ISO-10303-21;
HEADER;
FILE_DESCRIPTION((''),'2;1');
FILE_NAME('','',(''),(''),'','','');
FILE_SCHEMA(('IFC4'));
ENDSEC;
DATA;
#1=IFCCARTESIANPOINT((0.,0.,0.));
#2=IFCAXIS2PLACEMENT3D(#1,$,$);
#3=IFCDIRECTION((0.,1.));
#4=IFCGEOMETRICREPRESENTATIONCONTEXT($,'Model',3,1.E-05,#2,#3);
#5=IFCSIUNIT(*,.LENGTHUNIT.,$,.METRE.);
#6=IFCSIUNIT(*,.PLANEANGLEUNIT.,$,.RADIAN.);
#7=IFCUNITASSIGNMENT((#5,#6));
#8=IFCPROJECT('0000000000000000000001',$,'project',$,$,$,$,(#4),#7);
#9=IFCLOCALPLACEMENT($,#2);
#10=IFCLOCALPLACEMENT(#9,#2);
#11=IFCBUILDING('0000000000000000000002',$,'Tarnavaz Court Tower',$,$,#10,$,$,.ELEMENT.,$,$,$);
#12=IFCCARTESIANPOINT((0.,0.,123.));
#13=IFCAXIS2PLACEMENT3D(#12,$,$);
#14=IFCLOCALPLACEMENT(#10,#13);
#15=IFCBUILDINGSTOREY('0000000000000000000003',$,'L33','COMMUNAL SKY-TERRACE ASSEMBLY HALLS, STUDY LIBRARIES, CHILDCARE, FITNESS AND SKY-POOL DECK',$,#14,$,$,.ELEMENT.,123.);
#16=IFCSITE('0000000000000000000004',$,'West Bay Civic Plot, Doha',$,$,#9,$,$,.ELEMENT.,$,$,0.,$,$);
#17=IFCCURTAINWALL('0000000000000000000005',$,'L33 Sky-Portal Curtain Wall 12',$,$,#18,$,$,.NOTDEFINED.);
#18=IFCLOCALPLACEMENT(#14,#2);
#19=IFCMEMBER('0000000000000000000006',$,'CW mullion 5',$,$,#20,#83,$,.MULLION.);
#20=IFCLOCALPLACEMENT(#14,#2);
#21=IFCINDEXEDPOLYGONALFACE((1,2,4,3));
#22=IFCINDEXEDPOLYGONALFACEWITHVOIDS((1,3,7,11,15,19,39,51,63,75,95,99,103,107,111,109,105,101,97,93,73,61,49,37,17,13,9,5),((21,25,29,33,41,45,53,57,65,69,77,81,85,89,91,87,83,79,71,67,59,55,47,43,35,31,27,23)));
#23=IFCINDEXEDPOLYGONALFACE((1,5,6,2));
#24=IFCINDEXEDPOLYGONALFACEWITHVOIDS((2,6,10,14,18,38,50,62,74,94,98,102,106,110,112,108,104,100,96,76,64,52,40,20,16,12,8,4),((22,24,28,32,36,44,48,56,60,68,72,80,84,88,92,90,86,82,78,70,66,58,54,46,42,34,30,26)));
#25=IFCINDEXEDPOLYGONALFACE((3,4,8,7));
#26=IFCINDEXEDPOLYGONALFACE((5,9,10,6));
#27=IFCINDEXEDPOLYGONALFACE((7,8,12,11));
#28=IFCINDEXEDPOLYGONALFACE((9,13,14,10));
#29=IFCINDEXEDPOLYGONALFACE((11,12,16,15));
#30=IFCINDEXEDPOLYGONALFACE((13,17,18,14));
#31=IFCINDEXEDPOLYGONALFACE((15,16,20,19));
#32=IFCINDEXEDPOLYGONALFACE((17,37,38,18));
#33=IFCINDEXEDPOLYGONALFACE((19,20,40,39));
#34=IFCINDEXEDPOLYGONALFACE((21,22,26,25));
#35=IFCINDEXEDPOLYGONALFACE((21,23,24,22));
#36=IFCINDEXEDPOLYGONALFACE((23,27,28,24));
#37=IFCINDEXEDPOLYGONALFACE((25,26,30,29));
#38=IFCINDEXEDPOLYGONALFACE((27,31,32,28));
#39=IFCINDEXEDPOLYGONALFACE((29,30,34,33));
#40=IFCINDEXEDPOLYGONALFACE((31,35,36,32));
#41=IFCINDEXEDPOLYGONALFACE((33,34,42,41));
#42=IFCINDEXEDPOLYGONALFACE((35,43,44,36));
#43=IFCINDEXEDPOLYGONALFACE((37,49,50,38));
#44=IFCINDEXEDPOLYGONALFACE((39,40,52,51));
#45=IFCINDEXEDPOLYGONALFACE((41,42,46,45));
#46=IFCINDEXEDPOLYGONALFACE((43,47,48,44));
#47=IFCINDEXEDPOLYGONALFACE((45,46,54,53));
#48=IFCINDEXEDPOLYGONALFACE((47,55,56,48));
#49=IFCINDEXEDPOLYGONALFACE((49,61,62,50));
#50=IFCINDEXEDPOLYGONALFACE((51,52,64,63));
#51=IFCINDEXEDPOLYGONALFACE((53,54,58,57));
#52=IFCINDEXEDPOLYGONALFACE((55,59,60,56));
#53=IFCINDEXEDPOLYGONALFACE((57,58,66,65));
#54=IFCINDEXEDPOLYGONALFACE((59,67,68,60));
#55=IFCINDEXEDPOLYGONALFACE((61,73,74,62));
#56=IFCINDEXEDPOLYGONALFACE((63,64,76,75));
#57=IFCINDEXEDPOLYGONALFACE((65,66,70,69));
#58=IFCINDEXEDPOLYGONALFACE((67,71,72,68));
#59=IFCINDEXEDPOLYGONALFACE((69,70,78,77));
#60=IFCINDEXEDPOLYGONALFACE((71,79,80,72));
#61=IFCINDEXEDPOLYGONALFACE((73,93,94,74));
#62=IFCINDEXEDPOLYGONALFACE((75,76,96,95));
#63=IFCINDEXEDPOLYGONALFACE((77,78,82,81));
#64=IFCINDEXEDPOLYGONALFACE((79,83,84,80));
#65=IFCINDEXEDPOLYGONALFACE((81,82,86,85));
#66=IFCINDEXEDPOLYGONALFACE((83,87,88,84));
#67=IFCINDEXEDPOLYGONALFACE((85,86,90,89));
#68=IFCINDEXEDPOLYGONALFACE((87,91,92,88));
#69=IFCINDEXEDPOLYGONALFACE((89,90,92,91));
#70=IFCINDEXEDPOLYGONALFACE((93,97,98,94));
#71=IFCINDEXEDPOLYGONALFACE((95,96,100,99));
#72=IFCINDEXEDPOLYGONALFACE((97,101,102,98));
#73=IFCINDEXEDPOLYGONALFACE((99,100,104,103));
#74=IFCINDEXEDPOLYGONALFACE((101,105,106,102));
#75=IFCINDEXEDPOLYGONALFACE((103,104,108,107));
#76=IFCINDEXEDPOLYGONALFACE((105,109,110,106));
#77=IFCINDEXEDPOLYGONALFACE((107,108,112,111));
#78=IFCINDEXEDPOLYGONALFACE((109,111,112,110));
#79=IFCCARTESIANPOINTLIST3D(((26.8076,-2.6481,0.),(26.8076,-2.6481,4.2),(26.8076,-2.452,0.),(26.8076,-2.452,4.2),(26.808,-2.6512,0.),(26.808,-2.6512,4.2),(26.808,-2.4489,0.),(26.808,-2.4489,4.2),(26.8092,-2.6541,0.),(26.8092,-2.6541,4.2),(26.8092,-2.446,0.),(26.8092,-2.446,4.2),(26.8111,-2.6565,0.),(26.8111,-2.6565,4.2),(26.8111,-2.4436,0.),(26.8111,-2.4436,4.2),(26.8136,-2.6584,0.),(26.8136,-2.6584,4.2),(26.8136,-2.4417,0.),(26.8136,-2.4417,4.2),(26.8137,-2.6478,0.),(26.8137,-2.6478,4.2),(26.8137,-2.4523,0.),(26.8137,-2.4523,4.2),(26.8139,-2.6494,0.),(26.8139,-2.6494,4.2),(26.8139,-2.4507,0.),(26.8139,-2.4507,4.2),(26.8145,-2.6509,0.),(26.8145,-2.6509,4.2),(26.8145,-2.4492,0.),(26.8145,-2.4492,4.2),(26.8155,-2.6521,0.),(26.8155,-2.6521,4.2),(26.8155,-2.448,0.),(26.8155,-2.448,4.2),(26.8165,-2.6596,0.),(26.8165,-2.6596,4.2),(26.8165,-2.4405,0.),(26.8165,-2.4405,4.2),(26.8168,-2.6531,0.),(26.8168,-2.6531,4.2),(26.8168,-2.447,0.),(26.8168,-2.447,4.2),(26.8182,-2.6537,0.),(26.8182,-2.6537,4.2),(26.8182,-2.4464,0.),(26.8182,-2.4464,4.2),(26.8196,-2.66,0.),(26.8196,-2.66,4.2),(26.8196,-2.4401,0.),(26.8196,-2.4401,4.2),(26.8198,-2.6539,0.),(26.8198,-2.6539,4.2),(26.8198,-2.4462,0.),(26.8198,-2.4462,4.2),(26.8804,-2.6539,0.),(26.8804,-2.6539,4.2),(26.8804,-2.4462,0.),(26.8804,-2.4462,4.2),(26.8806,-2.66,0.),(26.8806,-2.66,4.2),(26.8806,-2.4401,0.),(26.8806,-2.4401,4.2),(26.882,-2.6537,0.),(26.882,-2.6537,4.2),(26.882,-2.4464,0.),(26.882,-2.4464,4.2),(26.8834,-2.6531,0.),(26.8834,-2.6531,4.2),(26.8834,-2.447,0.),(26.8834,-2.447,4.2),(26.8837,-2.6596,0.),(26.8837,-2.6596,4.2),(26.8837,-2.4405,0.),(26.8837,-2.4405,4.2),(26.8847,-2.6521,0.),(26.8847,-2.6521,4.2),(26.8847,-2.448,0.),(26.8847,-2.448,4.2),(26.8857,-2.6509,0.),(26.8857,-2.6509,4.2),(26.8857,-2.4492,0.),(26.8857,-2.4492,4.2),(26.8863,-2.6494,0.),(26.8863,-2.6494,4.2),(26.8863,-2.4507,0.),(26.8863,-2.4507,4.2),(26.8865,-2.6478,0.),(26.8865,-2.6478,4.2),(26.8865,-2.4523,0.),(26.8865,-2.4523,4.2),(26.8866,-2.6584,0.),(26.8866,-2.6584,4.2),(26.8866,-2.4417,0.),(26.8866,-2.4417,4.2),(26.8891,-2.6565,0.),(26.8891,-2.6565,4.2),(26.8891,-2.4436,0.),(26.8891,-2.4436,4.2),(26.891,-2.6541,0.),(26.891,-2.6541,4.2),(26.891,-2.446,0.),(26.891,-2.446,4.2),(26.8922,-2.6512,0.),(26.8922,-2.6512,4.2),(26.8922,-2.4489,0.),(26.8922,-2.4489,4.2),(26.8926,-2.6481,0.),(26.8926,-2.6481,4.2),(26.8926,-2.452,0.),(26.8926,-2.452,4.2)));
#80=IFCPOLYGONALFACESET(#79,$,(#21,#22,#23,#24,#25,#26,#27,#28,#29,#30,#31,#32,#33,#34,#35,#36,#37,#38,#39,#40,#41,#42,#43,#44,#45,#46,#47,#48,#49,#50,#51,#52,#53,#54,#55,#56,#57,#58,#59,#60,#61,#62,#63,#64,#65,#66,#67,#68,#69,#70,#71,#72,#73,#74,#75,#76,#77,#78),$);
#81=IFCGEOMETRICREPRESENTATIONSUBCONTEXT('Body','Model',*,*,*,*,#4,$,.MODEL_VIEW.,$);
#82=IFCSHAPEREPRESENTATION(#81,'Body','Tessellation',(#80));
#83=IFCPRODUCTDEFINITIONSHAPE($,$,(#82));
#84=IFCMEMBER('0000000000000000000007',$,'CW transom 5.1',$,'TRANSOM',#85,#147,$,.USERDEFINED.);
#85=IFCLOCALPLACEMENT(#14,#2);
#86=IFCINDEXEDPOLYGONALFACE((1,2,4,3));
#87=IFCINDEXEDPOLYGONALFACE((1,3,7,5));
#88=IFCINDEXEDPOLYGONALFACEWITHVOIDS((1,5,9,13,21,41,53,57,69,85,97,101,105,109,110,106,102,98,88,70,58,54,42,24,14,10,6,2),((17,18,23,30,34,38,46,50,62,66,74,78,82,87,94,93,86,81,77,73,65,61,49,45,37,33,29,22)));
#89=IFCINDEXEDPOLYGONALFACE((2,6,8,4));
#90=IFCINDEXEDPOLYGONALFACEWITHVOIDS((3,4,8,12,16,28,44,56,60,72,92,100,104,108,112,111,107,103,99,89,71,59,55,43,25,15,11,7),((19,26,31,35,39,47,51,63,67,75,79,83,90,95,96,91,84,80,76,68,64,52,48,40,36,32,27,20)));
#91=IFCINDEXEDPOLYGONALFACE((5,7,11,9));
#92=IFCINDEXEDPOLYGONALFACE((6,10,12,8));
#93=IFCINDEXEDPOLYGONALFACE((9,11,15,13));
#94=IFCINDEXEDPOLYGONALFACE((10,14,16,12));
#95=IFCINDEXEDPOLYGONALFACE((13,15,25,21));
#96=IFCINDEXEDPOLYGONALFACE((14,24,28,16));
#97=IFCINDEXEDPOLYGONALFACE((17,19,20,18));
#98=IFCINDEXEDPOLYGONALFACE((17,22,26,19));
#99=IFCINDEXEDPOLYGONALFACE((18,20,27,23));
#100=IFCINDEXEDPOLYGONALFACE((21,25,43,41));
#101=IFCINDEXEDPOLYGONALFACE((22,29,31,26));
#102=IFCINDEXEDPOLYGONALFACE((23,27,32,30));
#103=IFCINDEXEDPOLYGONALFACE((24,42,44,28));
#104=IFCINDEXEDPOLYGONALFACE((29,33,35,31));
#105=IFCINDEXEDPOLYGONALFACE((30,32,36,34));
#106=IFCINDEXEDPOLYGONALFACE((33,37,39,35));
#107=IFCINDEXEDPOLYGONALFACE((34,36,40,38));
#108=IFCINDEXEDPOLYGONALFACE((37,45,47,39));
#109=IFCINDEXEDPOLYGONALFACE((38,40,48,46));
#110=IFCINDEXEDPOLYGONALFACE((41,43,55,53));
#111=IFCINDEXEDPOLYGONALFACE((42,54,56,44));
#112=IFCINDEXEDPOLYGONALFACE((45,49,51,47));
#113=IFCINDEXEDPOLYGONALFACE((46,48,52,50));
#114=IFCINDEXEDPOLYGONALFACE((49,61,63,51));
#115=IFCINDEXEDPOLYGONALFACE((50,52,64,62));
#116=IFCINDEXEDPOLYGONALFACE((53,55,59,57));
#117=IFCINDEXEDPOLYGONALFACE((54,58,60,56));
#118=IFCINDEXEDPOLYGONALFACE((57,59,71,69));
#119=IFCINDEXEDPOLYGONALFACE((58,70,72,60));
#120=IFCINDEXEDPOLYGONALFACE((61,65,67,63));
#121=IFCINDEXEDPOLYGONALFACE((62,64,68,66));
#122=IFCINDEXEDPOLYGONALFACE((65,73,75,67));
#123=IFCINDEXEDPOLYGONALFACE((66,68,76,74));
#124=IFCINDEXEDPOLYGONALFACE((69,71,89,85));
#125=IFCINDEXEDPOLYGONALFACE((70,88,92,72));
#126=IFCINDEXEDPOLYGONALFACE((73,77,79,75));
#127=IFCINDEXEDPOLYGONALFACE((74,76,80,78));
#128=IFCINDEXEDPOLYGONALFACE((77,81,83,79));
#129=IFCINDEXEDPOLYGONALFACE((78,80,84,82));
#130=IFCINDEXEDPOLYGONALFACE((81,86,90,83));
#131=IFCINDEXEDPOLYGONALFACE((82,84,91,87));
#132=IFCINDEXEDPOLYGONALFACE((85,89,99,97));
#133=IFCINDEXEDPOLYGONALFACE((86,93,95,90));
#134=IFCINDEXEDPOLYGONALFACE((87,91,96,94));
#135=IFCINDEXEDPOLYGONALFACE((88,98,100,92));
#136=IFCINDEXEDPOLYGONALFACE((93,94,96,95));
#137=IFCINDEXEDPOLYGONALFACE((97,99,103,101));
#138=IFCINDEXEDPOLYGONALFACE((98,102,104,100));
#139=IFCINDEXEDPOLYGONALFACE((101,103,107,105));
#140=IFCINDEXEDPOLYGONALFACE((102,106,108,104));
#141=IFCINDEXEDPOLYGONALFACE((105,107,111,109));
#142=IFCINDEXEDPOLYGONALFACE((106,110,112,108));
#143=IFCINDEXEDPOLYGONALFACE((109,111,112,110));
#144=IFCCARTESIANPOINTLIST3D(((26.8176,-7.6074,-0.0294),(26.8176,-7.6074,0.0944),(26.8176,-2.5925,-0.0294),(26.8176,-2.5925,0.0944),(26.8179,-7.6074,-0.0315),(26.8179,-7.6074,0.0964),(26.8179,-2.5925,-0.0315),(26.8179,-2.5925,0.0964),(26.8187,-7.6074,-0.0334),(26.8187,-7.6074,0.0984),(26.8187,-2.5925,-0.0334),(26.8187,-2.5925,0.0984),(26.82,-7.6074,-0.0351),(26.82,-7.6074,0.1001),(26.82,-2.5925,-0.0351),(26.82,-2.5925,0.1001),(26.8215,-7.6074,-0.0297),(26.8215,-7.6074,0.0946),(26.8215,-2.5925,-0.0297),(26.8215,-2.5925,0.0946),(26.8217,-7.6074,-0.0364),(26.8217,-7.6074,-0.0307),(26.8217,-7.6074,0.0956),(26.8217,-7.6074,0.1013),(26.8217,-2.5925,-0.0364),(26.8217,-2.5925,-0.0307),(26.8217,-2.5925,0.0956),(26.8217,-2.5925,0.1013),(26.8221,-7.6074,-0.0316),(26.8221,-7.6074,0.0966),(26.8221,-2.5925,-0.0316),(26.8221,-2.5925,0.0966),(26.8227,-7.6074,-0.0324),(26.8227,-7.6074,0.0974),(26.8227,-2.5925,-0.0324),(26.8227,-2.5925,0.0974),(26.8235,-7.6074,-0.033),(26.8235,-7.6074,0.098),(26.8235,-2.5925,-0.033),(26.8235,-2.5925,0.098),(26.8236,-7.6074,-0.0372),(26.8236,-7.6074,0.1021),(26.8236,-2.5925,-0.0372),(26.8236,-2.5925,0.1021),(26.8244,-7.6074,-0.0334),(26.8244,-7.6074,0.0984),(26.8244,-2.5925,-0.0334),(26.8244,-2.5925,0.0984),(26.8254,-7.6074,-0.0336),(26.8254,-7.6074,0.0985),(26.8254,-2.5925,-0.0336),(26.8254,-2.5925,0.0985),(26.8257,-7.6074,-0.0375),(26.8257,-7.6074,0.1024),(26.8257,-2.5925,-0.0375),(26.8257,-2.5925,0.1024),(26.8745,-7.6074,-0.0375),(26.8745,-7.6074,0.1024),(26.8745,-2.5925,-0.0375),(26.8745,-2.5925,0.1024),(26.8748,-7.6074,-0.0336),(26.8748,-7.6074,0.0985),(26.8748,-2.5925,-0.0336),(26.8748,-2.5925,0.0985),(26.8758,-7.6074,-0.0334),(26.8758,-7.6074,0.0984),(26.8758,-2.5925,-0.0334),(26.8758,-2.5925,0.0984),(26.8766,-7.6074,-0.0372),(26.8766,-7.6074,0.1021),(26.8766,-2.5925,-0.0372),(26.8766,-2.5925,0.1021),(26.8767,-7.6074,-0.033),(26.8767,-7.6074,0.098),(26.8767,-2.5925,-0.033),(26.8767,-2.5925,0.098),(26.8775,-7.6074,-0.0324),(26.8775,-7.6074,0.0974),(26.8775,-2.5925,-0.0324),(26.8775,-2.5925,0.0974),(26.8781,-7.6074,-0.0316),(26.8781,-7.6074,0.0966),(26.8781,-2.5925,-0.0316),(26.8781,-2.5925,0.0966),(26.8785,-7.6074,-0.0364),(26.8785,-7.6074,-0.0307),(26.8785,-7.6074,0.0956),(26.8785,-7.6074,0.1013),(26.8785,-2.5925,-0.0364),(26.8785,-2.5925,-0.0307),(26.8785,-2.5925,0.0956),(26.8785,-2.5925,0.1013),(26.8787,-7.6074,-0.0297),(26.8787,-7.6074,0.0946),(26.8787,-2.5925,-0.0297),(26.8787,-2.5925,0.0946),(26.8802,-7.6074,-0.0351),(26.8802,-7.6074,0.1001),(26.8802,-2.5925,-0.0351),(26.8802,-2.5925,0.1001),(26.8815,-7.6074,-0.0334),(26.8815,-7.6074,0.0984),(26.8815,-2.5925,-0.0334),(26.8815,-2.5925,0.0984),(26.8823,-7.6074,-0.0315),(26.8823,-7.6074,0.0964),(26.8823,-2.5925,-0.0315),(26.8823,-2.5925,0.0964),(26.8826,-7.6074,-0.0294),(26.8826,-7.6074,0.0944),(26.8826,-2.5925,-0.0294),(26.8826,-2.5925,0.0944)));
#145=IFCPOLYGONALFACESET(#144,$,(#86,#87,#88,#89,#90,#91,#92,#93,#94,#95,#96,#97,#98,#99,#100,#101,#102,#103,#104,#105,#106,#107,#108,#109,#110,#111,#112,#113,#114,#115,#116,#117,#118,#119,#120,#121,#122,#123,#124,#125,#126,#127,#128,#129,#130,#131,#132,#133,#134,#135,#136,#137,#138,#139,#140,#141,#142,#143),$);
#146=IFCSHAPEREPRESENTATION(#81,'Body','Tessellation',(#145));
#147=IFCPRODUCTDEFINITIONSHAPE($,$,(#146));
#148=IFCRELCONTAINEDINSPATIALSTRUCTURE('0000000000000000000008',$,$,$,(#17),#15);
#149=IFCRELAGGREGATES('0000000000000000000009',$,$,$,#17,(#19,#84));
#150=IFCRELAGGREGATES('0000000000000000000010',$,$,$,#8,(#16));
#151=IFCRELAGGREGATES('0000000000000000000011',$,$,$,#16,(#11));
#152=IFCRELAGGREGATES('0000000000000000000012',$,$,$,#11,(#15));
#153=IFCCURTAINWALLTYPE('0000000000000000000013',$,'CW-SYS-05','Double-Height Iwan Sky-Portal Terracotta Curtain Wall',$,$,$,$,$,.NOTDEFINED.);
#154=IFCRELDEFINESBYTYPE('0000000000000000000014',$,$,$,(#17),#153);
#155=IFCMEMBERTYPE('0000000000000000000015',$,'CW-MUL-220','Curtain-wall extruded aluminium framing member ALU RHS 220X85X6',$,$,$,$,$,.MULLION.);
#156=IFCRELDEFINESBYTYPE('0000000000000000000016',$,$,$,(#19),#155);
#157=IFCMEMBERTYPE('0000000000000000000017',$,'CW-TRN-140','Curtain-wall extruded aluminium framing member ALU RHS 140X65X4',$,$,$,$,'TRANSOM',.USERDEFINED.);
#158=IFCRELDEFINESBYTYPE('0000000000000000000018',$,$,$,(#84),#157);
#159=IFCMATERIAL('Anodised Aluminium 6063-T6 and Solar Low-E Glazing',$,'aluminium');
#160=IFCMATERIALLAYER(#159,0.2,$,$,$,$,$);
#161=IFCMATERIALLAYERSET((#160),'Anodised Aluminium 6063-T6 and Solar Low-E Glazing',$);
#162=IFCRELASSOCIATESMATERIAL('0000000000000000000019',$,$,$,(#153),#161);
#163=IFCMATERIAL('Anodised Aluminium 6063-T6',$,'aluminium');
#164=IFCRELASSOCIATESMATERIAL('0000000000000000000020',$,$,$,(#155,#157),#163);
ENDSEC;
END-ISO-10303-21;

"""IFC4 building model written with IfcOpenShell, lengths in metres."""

from ifc_helpers import new_model, si_unit, direction, frame, origin, origin_2d, place, context, subcontext, project, spatial, hollow_rectangle, extrude, material, layer, layer_set, material_profile, profile_set, type_object, element, aggregate, save


model = new_model("IFC4")

# Units and contexts
model_context = context("Model", 3, precision=1e-05, world=origin(), true_north=direction((0.0, 1.0)))
body_context = subcontext(model_context, "Body", "Model", "MODEL_VIEW")
ifc_project = project(units=[si_unit("LENGTHUNIT", "METRE"), si_unit("PLANEANGLEUNIT", "RADIAN")], contexts=[model_context])

# Site, building, storey
site_placement = place(None, origin())
site = spatial("IfcSite", under=ifc_project, at=site_placement, Name="West Bay Civic Plot, Doha", CompositionType="ELEMENT", RefElevation=0.0)
building_placement = place(site_placement, origin())
building = spatial("IfcBuilding", under=site, at=building_placement, Name="Tarnavaz Court Tower", CompositionType="ELEMENT")
storey_placement = place(building_placement, frame((0.0, 0.0, 123.0)))
storey = spatial("IfcBuildingStorey", under=building, at=storey_placement, Name="L33", Description="COMMUNAL SKY-TERRACE ASSEMBLY HALLS, STUDY LIBRARIES, CHILDCARE, FITNESS AND SKY-POOL DECK", CompositionType="ELEMENT", Elevation=123.0)

# Curtain wall, members
ifc_material_1 = material(Name="Anodised Aluminium 6063-T6 and Solar Low-E Glazing", Category="aluminium")
ifc_layer_1 = layer(ifc_material_1, 0.2)
ifc_layer_set_1 = layer_set([ifc_layer_1], Name="Anodised Aluminium 6063-T6 and Solar Low-E Glazing")
curtain_wall_type = type_object("IfcCurtainWallType", Name="CW-SYS-05", Description="Double-Height Iwan Sky-Portal Terracotta Curtain Wall", PredefinedType="NOTDEFINED", material=ifc_layer_set_1)
curtain_wall_placement = place(storey_placement, origin())
curtain_wall = element("IfcCurtainWall", 1, at=curtain_wall_placement, inside=storey, type_object=curtain_wall_type, Name="L33 Sky-Portal Curtain Wall 12", PredefinedType="NOTDEFINED")
ifc_material_2 = material(Name="Anodised Aluminium 6063-T6", Category="aluminium")
ifc_material_profile_1 = material_profile(ifc_material_2, hollow_rectangle(XDim=0.085, YDim=0.22, WallThickness=0.0061, InnerFilletRadius=0.0061, OuterFilletRadius=0.012, at=origin_2d()), Name="ALU RHS 220X85X6")
ifc_profile_set_1 = profile_set([ifc_material_profile_1], Name="Anodised Aluminium 6063-T6")
member_type_1 = type_object("IfcMemberType", Name="CW-MUL-220", Description="Curtain-wall extruded aluminium framing member ALU RHS 220X85X6", PredefinedType="MULLION", material=ifc_profile_set_1)
member_1_placement = place(storey_placement, frame((26.8501, -2.55, 0.0), z_axis=(0.0, 0.0, 1.0), x_axis=(1.0, 0.0, 0.0)))
member_1 = element("IfcMember", 2, at=member_1_placement, type_object=member_type_1, Name="CW mullion 5", PredefinedType="MULLION", context=body_context, shape_type="SweptSolid", body=[
    extrude(hollow_rectangle(XDim=0.085, YDim=0.22, WallThickness=0.0061, InnerFilletRadius=0.0061, OuterFilletRadius=0.012, at=origin_2d()), origin(), (0.0, 0.0, 1.0), 4.2),
])
ifc_material_profile_2 = material_profile(ifc_material_2, hollow_rectangle(XDim=0.0649, YDim=0.1399, WallThickness=0.0039, InnerFilletRadius=0.0039, OuterFilletRadius=0.0081, at=origin_2d()), Name="ALU RHS 140X65X4")
ifc_profile_set_2 = profile_set([ifc_material_profile_2], Name="Anodised Aluminium 6063-T6")
member_type_2 = type_object("IfcMemberType", Name="CW-TRN-140", Description="Curtain-wall extruded aluminium framing member ALU RHS 140X65X4", ElementType="TRANSOM", PredefinedType="USERDEFINED", material=ifc_profile_set_2)
member_2_placement = place(storey_placement, frame((26.8501, -2.5925, 0.0325), z_axis=(0.0, -1.0, 0.0), x_axis=(1.0, 0.0, 0.0)))
member_2 = element("IfcMember", 3, at=member_2_placement, type_object=member_type_2, Name="CW transom 5.1", ObjectType="TRANSOM", PredefinedType="USERDEFINED", context=body_context, shape_type="SweptSolid", body=[
    extrude(hollow_rectangle(XDim=0.0649, YDim=0.1399, WallThickness=0.0039, InnerFilletRadius=0.0039, OuterFilletRadius=0.0081, at=origin_2d()), origin(), (0.0, 0.0, 1.0), 5.0149),
])
aggregate(curtain_wall, [member_1, member_2])

save(model, "model.ifc")
